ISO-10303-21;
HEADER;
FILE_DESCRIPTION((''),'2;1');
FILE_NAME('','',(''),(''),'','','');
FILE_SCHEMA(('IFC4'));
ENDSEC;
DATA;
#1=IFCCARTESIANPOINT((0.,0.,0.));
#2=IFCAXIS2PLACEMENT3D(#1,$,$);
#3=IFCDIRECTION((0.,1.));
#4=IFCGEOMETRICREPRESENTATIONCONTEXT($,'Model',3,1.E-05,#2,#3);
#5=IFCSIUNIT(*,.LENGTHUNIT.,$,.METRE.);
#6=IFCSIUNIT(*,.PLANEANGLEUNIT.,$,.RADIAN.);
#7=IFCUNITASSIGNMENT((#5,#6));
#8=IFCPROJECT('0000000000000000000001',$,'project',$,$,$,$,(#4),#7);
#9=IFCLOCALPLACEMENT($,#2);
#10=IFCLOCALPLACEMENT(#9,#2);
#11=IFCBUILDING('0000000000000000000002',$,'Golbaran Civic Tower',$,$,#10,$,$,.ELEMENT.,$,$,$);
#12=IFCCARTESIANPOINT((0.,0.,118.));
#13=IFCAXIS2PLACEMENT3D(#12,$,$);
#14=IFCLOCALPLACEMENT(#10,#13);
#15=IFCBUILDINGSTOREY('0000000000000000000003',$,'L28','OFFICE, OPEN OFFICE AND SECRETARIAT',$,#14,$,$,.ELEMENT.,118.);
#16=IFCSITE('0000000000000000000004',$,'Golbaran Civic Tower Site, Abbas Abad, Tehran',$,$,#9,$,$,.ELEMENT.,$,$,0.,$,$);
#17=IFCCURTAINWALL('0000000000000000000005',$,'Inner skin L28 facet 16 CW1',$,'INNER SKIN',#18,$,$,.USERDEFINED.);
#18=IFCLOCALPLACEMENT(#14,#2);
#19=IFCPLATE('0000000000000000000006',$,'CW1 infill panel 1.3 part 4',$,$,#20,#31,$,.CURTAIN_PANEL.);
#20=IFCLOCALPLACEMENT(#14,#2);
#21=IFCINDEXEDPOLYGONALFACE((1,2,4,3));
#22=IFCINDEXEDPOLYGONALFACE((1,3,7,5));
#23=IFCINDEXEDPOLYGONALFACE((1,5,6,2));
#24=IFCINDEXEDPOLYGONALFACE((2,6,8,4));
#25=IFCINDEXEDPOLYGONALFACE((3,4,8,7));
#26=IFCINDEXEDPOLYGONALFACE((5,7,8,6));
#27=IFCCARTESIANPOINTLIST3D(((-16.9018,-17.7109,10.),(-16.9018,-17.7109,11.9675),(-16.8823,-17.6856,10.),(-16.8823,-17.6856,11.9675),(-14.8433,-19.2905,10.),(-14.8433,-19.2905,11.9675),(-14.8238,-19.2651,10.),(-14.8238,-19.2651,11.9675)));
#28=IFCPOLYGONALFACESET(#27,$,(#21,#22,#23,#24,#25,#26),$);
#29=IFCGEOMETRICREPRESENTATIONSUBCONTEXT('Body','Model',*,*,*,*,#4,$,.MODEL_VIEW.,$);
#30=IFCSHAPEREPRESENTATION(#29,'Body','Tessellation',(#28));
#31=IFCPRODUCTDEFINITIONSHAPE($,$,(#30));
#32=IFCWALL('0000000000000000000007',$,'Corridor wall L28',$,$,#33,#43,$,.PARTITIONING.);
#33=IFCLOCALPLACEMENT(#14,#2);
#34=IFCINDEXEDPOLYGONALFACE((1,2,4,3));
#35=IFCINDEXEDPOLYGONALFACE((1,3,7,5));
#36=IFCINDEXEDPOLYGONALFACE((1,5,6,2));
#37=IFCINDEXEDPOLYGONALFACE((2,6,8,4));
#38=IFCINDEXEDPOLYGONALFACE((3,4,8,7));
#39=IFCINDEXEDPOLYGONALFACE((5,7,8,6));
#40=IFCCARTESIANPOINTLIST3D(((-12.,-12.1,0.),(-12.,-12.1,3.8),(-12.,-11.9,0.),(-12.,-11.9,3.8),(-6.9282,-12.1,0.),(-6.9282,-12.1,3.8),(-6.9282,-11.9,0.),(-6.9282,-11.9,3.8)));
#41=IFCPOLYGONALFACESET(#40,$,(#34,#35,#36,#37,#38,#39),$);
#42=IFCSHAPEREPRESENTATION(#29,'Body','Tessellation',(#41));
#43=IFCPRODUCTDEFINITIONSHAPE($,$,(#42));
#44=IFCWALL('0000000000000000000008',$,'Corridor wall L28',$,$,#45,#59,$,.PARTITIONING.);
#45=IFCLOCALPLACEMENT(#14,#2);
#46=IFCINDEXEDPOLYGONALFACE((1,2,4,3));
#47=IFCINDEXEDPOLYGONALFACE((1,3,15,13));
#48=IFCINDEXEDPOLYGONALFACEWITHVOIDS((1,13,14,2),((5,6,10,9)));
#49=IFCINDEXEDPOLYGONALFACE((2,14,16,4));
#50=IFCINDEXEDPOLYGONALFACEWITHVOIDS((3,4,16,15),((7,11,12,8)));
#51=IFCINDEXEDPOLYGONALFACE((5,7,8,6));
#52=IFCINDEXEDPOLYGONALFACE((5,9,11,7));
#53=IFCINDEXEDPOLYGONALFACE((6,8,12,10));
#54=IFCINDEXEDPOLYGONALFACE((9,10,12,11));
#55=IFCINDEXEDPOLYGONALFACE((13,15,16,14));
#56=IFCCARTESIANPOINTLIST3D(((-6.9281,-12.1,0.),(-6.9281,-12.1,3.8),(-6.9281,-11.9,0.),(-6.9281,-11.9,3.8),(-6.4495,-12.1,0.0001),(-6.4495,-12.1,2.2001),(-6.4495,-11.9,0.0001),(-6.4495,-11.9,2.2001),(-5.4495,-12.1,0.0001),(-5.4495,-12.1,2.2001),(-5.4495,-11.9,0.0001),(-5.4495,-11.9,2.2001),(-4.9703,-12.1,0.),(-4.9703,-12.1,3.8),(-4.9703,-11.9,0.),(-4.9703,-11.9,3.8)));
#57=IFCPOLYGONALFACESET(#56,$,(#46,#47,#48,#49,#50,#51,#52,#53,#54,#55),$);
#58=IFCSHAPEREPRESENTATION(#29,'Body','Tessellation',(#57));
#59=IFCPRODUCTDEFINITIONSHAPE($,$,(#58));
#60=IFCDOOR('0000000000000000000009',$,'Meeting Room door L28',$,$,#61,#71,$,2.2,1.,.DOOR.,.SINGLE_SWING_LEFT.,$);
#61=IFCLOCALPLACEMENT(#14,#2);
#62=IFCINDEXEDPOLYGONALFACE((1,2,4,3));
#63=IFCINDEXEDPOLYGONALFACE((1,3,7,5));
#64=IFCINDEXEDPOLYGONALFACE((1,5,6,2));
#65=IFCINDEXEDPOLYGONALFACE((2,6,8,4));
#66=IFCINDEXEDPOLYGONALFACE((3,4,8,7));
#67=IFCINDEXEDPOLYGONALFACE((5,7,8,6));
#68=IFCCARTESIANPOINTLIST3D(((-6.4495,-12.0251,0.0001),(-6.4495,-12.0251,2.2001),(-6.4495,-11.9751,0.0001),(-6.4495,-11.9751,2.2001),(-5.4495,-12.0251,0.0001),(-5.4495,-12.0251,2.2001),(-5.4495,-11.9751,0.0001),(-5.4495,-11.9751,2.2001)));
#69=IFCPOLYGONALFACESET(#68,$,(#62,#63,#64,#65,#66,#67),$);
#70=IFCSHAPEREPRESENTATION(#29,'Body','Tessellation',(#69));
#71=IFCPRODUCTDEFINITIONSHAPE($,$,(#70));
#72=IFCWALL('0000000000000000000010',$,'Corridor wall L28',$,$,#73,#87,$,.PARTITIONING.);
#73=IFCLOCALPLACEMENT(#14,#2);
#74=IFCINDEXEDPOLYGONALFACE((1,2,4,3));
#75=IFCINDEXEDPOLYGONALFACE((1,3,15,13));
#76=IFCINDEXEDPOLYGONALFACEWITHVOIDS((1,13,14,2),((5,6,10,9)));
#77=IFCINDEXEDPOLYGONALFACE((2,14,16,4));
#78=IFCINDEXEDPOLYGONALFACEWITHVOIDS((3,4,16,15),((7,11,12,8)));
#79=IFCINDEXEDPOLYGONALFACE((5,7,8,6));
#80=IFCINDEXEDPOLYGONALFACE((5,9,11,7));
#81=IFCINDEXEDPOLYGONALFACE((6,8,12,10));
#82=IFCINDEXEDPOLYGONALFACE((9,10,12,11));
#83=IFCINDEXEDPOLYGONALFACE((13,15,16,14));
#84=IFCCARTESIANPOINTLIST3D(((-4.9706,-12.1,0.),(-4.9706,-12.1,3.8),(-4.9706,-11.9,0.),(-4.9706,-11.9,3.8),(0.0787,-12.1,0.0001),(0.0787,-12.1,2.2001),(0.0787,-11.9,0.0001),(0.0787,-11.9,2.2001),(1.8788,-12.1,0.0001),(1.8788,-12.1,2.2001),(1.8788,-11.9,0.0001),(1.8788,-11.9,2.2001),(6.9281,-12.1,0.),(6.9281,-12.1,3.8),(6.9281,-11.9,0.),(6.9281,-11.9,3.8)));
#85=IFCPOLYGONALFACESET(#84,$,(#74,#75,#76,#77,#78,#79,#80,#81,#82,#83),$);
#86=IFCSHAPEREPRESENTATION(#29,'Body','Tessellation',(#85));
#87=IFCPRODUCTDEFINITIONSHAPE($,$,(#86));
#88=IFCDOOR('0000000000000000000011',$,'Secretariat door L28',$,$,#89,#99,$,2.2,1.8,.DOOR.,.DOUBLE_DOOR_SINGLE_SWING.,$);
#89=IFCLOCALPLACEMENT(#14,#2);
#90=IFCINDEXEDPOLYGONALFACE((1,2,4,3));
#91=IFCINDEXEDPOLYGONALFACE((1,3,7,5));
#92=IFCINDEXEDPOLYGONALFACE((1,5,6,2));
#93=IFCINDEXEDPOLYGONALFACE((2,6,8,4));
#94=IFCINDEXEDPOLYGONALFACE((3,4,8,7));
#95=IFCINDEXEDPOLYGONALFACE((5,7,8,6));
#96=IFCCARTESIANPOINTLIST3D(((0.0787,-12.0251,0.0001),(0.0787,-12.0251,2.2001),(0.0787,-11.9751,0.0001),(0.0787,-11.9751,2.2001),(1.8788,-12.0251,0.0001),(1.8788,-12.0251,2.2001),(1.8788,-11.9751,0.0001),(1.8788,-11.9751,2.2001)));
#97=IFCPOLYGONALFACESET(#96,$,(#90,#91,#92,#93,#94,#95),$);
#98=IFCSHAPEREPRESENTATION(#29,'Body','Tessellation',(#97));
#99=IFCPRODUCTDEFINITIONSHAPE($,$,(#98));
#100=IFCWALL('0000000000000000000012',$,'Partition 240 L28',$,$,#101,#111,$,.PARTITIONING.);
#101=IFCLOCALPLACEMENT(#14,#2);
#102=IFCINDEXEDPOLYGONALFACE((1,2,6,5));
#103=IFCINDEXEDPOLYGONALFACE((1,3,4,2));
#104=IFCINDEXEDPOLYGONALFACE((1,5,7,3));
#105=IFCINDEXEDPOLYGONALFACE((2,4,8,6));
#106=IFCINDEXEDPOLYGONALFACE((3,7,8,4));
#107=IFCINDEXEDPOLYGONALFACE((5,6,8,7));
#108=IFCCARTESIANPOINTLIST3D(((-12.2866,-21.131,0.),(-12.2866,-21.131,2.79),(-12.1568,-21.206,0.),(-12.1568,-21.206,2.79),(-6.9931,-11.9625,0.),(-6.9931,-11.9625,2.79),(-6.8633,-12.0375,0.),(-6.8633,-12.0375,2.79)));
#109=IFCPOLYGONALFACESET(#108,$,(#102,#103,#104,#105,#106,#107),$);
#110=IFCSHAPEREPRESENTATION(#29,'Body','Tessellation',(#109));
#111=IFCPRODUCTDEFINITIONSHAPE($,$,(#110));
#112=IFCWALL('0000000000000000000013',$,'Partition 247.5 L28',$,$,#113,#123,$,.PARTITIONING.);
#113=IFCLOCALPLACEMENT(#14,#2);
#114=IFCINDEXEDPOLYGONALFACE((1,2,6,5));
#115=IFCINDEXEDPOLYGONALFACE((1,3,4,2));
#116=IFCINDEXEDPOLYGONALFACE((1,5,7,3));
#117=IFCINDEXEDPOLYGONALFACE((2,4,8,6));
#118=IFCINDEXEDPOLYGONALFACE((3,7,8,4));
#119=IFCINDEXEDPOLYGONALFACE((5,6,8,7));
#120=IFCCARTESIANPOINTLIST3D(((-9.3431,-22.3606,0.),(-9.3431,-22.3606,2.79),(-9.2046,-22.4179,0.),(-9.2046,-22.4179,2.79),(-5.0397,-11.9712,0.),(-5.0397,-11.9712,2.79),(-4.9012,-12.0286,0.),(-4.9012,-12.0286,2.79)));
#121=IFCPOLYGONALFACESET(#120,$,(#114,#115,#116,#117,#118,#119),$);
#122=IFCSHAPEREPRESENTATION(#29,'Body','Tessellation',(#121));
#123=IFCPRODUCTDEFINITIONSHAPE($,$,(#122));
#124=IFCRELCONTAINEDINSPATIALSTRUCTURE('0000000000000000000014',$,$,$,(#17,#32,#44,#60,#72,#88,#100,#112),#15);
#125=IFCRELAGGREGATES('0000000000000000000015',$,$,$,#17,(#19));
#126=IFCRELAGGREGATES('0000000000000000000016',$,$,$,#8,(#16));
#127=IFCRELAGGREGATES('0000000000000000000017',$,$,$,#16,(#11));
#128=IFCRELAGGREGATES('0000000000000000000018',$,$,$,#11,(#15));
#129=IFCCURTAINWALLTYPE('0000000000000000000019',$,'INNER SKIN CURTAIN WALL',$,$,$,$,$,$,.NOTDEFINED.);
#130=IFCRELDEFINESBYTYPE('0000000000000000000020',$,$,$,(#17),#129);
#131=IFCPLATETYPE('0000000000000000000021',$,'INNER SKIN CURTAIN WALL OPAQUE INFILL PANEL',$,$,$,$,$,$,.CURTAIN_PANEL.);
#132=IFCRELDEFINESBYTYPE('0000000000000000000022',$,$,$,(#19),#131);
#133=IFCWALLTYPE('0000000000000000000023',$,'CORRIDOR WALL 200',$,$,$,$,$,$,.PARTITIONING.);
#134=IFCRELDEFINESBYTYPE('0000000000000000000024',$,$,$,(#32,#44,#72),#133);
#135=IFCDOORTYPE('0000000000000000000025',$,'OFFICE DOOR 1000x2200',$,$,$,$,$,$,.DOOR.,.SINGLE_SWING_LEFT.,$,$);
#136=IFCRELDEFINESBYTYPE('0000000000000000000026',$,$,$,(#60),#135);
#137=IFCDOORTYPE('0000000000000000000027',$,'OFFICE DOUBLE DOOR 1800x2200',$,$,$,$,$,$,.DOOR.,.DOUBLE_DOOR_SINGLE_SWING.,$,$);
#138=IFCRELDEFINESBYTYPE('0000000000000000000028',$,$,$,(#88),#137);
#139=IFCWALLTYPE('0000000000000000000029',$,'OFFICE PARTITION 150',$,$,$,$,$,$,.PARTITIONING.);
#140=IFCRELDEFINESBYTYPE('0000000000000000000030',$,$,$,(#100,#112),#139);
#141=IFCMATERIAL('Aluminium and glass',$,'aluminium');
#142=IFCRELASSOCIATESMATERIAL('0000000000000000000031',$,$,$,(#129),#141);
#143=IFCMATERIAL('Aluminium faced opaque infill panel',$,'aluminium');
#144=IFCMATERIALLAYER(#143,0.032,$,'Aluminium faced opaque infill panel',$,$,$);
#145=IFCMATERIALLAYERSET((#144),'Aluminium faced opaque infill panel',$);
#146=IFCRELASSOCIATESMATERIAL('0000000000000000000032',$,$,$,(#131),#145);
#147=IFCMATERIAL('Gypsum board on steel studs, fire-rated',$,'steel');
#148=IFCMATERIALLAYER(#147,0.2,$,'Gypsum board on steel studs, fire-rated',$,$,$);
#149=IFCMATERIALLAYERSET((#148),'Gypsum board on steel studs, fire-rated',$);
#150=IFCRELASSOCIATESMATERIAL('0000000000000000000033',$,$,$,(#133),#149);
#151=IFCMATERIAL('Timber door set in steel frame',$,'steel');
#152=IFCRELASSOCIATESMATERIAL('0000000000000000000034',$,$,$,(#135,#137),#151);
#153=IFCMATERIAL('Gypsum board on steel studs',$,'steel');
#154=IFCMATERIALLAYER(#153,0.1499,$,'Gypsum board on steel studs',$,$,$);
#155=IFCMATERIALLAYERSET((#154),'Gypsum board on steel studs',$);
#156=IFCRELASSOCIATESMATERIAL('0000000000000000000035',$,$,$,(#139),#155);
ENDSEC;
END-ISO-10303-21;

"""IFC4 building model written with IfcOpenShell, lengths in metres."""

from ifc_helpers import new_model, si_unit, direction, frame, frame_2d, origin, origin_2d, place, context, subcontext, project, spatial, rectangle, extrude, material, layer, layer_set, type_object, element, fill, aggregate, save


model = new_model("IFC4")

# Units and contexts
model_context = context("Model", 3, precision=1e-05, world=origin(), true_north=direction((0.0, 1.0)))
body_context = subcontext(model_context, "Body", "Model", "MODEL_VIEW")
ifc_project = project(units=[si_unit("LENGTHUNIT", "METRE"), si_unit("PLANEANGLEUNIT", "RADIAN")], contexts=[model_context])

# Site, building, storey
site_placement = place(None, origin())
site = spatial("IfcSite", under=ifc_project, at=site_placement, Name="Golbaran Civic Tower Site, Abbas Abad, Tehran", CompositionType="ELEMENT", RefElevation=0.0)
building_placement = place(site_placement, origin())
building = spatial("IfcBuilding", under=site, at=building_placement, Name="Golbaran Civic Tower", CompositionType="ELEMENT")
storey_placement = place(building_placement, frame((0.0, 0.0, 118.0)))
storey = spatial("IfcBuildingStorey", under=building, at=storey_placement, Name="L28", Description="OFFICE, OPEN OFFICE AND SECRETARIAT", CompositionType="ELEMENT", Elevation=118.0)

# Curtain wall
ifc_material_1 = material(Name="Aluminium and glass", Category="aluminium")
curtain_wall_type = type_object("IfcCurtainWallType", Name="INNER SKIN CURTAIN WALL", PredefinedType="NOTDEFINED", material=ifc_material_1)
curtain_wall_placement = place(storey_placement, origin())
curtain_wall = element("IfcCurtainWall", 1, at=curtain_wall_placement, inside=storey, type_object=curtain_wall_type, Name="Inner skin L28 facet 16 CW1", ObjectType="INNER SKIN", PredefinedType="USERDEFINED")

# Plate
ifc_material_2 = material(Name="Aluminium faced opaque infill panel", Category="aluminium")
ifc_layer_1 = layer(ifc_material_2, 0.032, Name="Aluminium faced opaque infill panel")
ifc_layer_set_1 = layer_set([ifc_layer_1], Name="Aluminium faced opaque infill panel")
plate_type_1 = type_object("IfcPlateType", Name="INNER SKIN CURTAIN WALL OPAQUE INFILL PANEL", PredefinedType="CURTAIN_PANEL", material=ifc_layer_set_1)
plate_1_placement = place(storey_placement, frame((-15.8628, -18.488, 10.0), z_axis=(0.0, 0.0, 1.0), x_axis=(0.793353, -0.608761, 0.0)))
plate_1 = element("IfcPlate", 2, at=plate_1_placement, type_object=plate_type_1, Name="CW1 infill panel 1.3 part 4", PredefinedType="CURTAIN_PANEL", context=body_context, shape_type="SweptSolid", body=[
    extrude(rectangle(XDim=2.5947, YDim=0.032, at=origin_2d()), origin(), (0.0, 0.0, 1.0), 1.9675),
])
aggregate(curtain_wall, [plate_1])

# Wall
ifc_material_3 = material(Name="Gypsum board on steel studs, fire-rated", Category="steel")
ifc_layer_2 = layer(ifc_material_3, 0.2, Name="Gypsum board on steel studs, fire-rated")
ifc_layer_set_2 = layer_set([ifc_layer_2], Name="Gypsum board on steel studs, fire-rated")
wall_type_1 = type_object("IfcWallType", Name="CORRIDOR WALL 200", PredefinedType="PARTITIONING", material=ifc_layer_set_2)
wall_1_placement = place(storey_placement, frame((-12.0, -12.0, 0.0), z_axis=(0.0, 0.0, 1.0), x_axis=(1.0, 0.0, 0.0)))
element("IfcWall", 3, at=wall_1_placement, inside=storey, type_object=wall_type_1, Name="Corridor wall L28", PredefinedType="PARTITIONING", context=body_context, shape_type="SweptSolid", body=[
    extrude(rectangle(XDim=5.0718, YDim=0.2, at=frame_2d((2.5359, 0.0))), origin(), (0.0, 0.0, 1.0), 3.8),
])

# Walls, openings, doors
wall_2_placement = place(storey_placement, frame((-6.9282, -12.0, 0.0), z_axis=(0.0, 0.0, 1.0), x_axis=(1.0, 0.0, 0.0)))
wall_2 = element("IfcWall", 4, at=wall_2_placement, inside=storey, type_object=wall_type_1, Name="Corridor wall L28", PredefinedType="PARTITIONING", context=body_context, shape_type="SweptSolid", body=[
    extrude(rectangle(XDim=1.9578, YDim=0.2, at=frame_2d((0.979, 0.0))), origin(), (0.0, 0.0, 1.0), 3.8),
])
opening_1_placement = place(wall_2_placement, frame((0.4788, 0.0, 0.0)))
opening_1 = element("IfcOpeningElement", 5, at=opening_1_placement, cuts=wall_2, PredefinedType="OPENING", context=body_context, shape_type="SweptSolid", body=[
    extrude(rectangle(XDim=1.0, YDim=2.2, at=frame_2d((0.5, 1.1001))), frame((0.0, 0.1099, 0.0), z_axis=(0.0, -1.0, 0.0), x_axis=(1.0, 0.0, 0.0)), (0.0, 0.0, 1.0), 0.22),
])
ifc_material_4 = material(Name="Timber door set in steel frame", Category="steel")
door_type_1 = type_object("IfcDoorType", Name="OFFICE DOOR 1000x2200", OperationType="SINGLE_SWING_LEFT", PredefinedType="DOOR", material=ifc_material_4)
door_1_placement = place(opening_1_placement, origin())
door_1 = element("IfcDoor", 6, at=door_1_placement, inside=storey, type_object=door_type_1, Name="Meeting Room door L28", OperationType="SINGLE_SWING_LEFT", OverallHeight=2.2, OverallWidth=1.0, PredefinedType="DOOR", context=body_context, shape_type="SweptSolid", body=[
    extrude(rectangle(XDim=1.0, YDim=2.2, at=frame_2d((0.5, 1.1001))), frame((0.0, 0.0249, 0.0), z_axis=(0.0, -1.0, 0.0), x_axis=(1.0, 0.0, 0.0)), (0.0, 0.0, 1.0), 0.05),
])
fill(opening_1, door_1)
wall_3_placement = place(storey_placement, frame((-4.9705, -12.0, 0.0), z_axis=(0.0, 0.0, 1.0), x_axis=(1.0, 0.0, 0.0)))
wall_3 = element("IfcWall", 7, at=wall_3_placement, inside=storey, type_object=wall_type_1, Name="Corridor wall L28", PredefinedType="PARTITIONING", context=body_context, shape_type="SweptSolid", body=[
    extrude(rectangle(XDim=11.8987, YDim=0.2, at=frame_2d((5.9492, 0.0))), origin(), (0.0, 0.0, 1.0), 3.8),
])
opening_2_placement = place(wall_3_placement, frame((5.0493, 0.0, 0.0)))
opening_2 = element("IfcOpeningElement", 8, at=opening_2_placement, cuts=wall_3, PredefinedType="OPENING", context=body_context, shape_type="SweptSolid", body=[
    extrude(rectangle(XDim=1.8, YDim=2.2, at=frame_2d((0.8999, 1.1001))), frame((0.0, 0.1099, 0.0), z_axis=(0.0, -1.0, 0.0), x_axis=(1.0, 0.0, 0.0)), (0.0, 0.0, 1.0), 0.22),
])
door_type_2 = type_object("IfcDoorType", Name="OFFICE DOUBLE DOOR 1800x2200", OperationType="DOUBLE_DOOR_SINGLE_SWING", PredefinedType="DOOR", material=ifc_material_4)
door_2_placement = place(opening_2_placement, origin())
door_2 = element("IfcDoor", 9, at=door_2_placement, inside=storey, type_object=door_type_2, Name="Secretariat door L28", OperationType="DOUBLE_DOOR_SINGLE_SWING", OverallHeight=2.2, OverallWidth=1.8, PredefinedType="DOOR", context=body_context, shape_type="SweptSolid", body=[
    extrude(rectangle(XDim=1.8, YDim=2.2, at=frame_2d((0.8999, 1.1001))), frame((0.0, 0.0249, 0.0), z_axis=(0.0, -1.0, 0.0), x_axis=(1.0, 0.0, 0.0)), (0.0, 0.0, 1.0), 0.05),
])
fill(opening_2, door_2)

# Walls
ifc_material_5 = material(Name="Gypsum board on steel studs", Category="steel")
ifc_layer_3 = layer(ifc_material_5, 0.1499, Name="Gypsum board on steel studs")
ifc_layer_set_3 = layer_set([ifc_layer_3], Name="Gypsum board on steel studs")
wall_type_2 = type_object("IfcWallType", Name="OFFICE PARTITION 150", PredefinedType="PARTITIONING", material=ifc_layer_set_3)
wall_4_placement = place(storey_placement, frame((-6.9282, -12.0, 0.0), z_axis=(0.0, 0.0, 1.0), x_axis=(-0.500003, -0.866024, 0.0)))
element("IfcWall", 10, at=wall_4_placement, inside=storey, type_object=wall_type_2, Name="Partition 240 L28", PredefinedType="PARTITIONING", context=body_context, shape_type="SweptSolid", body=[
    extrude(rectangle(XDim=10.5869, YDim=0.1499, at=frame_2d((5.2935, 0.0))), origin(), (0.0, 0.0, 1.0), 2.79),
])
wall_5_placement = place(storey_placement, frame((-4.9705, -12.0, 0.0), z_axis=(0.0, 0.0, 1.0), x_axis=(-0.382686, -0.923878, 0.0)))
element("IfcWall", 11, at=wall_5_placement, inside=storey, type_object=wall_type_2, Name="Partition 247.5 L28", PredefinedType="PARTITIONING", context=body_context, shape_type="SweptSolid", body=[
    extrude(rectangle(XDim=11.2454, YDim=0.1499, at=frame_2d((5.6226, 0.0))), origin(), (0.0, 0.0, 1.0), 2.79),
])

save(model, "model.ifc")
